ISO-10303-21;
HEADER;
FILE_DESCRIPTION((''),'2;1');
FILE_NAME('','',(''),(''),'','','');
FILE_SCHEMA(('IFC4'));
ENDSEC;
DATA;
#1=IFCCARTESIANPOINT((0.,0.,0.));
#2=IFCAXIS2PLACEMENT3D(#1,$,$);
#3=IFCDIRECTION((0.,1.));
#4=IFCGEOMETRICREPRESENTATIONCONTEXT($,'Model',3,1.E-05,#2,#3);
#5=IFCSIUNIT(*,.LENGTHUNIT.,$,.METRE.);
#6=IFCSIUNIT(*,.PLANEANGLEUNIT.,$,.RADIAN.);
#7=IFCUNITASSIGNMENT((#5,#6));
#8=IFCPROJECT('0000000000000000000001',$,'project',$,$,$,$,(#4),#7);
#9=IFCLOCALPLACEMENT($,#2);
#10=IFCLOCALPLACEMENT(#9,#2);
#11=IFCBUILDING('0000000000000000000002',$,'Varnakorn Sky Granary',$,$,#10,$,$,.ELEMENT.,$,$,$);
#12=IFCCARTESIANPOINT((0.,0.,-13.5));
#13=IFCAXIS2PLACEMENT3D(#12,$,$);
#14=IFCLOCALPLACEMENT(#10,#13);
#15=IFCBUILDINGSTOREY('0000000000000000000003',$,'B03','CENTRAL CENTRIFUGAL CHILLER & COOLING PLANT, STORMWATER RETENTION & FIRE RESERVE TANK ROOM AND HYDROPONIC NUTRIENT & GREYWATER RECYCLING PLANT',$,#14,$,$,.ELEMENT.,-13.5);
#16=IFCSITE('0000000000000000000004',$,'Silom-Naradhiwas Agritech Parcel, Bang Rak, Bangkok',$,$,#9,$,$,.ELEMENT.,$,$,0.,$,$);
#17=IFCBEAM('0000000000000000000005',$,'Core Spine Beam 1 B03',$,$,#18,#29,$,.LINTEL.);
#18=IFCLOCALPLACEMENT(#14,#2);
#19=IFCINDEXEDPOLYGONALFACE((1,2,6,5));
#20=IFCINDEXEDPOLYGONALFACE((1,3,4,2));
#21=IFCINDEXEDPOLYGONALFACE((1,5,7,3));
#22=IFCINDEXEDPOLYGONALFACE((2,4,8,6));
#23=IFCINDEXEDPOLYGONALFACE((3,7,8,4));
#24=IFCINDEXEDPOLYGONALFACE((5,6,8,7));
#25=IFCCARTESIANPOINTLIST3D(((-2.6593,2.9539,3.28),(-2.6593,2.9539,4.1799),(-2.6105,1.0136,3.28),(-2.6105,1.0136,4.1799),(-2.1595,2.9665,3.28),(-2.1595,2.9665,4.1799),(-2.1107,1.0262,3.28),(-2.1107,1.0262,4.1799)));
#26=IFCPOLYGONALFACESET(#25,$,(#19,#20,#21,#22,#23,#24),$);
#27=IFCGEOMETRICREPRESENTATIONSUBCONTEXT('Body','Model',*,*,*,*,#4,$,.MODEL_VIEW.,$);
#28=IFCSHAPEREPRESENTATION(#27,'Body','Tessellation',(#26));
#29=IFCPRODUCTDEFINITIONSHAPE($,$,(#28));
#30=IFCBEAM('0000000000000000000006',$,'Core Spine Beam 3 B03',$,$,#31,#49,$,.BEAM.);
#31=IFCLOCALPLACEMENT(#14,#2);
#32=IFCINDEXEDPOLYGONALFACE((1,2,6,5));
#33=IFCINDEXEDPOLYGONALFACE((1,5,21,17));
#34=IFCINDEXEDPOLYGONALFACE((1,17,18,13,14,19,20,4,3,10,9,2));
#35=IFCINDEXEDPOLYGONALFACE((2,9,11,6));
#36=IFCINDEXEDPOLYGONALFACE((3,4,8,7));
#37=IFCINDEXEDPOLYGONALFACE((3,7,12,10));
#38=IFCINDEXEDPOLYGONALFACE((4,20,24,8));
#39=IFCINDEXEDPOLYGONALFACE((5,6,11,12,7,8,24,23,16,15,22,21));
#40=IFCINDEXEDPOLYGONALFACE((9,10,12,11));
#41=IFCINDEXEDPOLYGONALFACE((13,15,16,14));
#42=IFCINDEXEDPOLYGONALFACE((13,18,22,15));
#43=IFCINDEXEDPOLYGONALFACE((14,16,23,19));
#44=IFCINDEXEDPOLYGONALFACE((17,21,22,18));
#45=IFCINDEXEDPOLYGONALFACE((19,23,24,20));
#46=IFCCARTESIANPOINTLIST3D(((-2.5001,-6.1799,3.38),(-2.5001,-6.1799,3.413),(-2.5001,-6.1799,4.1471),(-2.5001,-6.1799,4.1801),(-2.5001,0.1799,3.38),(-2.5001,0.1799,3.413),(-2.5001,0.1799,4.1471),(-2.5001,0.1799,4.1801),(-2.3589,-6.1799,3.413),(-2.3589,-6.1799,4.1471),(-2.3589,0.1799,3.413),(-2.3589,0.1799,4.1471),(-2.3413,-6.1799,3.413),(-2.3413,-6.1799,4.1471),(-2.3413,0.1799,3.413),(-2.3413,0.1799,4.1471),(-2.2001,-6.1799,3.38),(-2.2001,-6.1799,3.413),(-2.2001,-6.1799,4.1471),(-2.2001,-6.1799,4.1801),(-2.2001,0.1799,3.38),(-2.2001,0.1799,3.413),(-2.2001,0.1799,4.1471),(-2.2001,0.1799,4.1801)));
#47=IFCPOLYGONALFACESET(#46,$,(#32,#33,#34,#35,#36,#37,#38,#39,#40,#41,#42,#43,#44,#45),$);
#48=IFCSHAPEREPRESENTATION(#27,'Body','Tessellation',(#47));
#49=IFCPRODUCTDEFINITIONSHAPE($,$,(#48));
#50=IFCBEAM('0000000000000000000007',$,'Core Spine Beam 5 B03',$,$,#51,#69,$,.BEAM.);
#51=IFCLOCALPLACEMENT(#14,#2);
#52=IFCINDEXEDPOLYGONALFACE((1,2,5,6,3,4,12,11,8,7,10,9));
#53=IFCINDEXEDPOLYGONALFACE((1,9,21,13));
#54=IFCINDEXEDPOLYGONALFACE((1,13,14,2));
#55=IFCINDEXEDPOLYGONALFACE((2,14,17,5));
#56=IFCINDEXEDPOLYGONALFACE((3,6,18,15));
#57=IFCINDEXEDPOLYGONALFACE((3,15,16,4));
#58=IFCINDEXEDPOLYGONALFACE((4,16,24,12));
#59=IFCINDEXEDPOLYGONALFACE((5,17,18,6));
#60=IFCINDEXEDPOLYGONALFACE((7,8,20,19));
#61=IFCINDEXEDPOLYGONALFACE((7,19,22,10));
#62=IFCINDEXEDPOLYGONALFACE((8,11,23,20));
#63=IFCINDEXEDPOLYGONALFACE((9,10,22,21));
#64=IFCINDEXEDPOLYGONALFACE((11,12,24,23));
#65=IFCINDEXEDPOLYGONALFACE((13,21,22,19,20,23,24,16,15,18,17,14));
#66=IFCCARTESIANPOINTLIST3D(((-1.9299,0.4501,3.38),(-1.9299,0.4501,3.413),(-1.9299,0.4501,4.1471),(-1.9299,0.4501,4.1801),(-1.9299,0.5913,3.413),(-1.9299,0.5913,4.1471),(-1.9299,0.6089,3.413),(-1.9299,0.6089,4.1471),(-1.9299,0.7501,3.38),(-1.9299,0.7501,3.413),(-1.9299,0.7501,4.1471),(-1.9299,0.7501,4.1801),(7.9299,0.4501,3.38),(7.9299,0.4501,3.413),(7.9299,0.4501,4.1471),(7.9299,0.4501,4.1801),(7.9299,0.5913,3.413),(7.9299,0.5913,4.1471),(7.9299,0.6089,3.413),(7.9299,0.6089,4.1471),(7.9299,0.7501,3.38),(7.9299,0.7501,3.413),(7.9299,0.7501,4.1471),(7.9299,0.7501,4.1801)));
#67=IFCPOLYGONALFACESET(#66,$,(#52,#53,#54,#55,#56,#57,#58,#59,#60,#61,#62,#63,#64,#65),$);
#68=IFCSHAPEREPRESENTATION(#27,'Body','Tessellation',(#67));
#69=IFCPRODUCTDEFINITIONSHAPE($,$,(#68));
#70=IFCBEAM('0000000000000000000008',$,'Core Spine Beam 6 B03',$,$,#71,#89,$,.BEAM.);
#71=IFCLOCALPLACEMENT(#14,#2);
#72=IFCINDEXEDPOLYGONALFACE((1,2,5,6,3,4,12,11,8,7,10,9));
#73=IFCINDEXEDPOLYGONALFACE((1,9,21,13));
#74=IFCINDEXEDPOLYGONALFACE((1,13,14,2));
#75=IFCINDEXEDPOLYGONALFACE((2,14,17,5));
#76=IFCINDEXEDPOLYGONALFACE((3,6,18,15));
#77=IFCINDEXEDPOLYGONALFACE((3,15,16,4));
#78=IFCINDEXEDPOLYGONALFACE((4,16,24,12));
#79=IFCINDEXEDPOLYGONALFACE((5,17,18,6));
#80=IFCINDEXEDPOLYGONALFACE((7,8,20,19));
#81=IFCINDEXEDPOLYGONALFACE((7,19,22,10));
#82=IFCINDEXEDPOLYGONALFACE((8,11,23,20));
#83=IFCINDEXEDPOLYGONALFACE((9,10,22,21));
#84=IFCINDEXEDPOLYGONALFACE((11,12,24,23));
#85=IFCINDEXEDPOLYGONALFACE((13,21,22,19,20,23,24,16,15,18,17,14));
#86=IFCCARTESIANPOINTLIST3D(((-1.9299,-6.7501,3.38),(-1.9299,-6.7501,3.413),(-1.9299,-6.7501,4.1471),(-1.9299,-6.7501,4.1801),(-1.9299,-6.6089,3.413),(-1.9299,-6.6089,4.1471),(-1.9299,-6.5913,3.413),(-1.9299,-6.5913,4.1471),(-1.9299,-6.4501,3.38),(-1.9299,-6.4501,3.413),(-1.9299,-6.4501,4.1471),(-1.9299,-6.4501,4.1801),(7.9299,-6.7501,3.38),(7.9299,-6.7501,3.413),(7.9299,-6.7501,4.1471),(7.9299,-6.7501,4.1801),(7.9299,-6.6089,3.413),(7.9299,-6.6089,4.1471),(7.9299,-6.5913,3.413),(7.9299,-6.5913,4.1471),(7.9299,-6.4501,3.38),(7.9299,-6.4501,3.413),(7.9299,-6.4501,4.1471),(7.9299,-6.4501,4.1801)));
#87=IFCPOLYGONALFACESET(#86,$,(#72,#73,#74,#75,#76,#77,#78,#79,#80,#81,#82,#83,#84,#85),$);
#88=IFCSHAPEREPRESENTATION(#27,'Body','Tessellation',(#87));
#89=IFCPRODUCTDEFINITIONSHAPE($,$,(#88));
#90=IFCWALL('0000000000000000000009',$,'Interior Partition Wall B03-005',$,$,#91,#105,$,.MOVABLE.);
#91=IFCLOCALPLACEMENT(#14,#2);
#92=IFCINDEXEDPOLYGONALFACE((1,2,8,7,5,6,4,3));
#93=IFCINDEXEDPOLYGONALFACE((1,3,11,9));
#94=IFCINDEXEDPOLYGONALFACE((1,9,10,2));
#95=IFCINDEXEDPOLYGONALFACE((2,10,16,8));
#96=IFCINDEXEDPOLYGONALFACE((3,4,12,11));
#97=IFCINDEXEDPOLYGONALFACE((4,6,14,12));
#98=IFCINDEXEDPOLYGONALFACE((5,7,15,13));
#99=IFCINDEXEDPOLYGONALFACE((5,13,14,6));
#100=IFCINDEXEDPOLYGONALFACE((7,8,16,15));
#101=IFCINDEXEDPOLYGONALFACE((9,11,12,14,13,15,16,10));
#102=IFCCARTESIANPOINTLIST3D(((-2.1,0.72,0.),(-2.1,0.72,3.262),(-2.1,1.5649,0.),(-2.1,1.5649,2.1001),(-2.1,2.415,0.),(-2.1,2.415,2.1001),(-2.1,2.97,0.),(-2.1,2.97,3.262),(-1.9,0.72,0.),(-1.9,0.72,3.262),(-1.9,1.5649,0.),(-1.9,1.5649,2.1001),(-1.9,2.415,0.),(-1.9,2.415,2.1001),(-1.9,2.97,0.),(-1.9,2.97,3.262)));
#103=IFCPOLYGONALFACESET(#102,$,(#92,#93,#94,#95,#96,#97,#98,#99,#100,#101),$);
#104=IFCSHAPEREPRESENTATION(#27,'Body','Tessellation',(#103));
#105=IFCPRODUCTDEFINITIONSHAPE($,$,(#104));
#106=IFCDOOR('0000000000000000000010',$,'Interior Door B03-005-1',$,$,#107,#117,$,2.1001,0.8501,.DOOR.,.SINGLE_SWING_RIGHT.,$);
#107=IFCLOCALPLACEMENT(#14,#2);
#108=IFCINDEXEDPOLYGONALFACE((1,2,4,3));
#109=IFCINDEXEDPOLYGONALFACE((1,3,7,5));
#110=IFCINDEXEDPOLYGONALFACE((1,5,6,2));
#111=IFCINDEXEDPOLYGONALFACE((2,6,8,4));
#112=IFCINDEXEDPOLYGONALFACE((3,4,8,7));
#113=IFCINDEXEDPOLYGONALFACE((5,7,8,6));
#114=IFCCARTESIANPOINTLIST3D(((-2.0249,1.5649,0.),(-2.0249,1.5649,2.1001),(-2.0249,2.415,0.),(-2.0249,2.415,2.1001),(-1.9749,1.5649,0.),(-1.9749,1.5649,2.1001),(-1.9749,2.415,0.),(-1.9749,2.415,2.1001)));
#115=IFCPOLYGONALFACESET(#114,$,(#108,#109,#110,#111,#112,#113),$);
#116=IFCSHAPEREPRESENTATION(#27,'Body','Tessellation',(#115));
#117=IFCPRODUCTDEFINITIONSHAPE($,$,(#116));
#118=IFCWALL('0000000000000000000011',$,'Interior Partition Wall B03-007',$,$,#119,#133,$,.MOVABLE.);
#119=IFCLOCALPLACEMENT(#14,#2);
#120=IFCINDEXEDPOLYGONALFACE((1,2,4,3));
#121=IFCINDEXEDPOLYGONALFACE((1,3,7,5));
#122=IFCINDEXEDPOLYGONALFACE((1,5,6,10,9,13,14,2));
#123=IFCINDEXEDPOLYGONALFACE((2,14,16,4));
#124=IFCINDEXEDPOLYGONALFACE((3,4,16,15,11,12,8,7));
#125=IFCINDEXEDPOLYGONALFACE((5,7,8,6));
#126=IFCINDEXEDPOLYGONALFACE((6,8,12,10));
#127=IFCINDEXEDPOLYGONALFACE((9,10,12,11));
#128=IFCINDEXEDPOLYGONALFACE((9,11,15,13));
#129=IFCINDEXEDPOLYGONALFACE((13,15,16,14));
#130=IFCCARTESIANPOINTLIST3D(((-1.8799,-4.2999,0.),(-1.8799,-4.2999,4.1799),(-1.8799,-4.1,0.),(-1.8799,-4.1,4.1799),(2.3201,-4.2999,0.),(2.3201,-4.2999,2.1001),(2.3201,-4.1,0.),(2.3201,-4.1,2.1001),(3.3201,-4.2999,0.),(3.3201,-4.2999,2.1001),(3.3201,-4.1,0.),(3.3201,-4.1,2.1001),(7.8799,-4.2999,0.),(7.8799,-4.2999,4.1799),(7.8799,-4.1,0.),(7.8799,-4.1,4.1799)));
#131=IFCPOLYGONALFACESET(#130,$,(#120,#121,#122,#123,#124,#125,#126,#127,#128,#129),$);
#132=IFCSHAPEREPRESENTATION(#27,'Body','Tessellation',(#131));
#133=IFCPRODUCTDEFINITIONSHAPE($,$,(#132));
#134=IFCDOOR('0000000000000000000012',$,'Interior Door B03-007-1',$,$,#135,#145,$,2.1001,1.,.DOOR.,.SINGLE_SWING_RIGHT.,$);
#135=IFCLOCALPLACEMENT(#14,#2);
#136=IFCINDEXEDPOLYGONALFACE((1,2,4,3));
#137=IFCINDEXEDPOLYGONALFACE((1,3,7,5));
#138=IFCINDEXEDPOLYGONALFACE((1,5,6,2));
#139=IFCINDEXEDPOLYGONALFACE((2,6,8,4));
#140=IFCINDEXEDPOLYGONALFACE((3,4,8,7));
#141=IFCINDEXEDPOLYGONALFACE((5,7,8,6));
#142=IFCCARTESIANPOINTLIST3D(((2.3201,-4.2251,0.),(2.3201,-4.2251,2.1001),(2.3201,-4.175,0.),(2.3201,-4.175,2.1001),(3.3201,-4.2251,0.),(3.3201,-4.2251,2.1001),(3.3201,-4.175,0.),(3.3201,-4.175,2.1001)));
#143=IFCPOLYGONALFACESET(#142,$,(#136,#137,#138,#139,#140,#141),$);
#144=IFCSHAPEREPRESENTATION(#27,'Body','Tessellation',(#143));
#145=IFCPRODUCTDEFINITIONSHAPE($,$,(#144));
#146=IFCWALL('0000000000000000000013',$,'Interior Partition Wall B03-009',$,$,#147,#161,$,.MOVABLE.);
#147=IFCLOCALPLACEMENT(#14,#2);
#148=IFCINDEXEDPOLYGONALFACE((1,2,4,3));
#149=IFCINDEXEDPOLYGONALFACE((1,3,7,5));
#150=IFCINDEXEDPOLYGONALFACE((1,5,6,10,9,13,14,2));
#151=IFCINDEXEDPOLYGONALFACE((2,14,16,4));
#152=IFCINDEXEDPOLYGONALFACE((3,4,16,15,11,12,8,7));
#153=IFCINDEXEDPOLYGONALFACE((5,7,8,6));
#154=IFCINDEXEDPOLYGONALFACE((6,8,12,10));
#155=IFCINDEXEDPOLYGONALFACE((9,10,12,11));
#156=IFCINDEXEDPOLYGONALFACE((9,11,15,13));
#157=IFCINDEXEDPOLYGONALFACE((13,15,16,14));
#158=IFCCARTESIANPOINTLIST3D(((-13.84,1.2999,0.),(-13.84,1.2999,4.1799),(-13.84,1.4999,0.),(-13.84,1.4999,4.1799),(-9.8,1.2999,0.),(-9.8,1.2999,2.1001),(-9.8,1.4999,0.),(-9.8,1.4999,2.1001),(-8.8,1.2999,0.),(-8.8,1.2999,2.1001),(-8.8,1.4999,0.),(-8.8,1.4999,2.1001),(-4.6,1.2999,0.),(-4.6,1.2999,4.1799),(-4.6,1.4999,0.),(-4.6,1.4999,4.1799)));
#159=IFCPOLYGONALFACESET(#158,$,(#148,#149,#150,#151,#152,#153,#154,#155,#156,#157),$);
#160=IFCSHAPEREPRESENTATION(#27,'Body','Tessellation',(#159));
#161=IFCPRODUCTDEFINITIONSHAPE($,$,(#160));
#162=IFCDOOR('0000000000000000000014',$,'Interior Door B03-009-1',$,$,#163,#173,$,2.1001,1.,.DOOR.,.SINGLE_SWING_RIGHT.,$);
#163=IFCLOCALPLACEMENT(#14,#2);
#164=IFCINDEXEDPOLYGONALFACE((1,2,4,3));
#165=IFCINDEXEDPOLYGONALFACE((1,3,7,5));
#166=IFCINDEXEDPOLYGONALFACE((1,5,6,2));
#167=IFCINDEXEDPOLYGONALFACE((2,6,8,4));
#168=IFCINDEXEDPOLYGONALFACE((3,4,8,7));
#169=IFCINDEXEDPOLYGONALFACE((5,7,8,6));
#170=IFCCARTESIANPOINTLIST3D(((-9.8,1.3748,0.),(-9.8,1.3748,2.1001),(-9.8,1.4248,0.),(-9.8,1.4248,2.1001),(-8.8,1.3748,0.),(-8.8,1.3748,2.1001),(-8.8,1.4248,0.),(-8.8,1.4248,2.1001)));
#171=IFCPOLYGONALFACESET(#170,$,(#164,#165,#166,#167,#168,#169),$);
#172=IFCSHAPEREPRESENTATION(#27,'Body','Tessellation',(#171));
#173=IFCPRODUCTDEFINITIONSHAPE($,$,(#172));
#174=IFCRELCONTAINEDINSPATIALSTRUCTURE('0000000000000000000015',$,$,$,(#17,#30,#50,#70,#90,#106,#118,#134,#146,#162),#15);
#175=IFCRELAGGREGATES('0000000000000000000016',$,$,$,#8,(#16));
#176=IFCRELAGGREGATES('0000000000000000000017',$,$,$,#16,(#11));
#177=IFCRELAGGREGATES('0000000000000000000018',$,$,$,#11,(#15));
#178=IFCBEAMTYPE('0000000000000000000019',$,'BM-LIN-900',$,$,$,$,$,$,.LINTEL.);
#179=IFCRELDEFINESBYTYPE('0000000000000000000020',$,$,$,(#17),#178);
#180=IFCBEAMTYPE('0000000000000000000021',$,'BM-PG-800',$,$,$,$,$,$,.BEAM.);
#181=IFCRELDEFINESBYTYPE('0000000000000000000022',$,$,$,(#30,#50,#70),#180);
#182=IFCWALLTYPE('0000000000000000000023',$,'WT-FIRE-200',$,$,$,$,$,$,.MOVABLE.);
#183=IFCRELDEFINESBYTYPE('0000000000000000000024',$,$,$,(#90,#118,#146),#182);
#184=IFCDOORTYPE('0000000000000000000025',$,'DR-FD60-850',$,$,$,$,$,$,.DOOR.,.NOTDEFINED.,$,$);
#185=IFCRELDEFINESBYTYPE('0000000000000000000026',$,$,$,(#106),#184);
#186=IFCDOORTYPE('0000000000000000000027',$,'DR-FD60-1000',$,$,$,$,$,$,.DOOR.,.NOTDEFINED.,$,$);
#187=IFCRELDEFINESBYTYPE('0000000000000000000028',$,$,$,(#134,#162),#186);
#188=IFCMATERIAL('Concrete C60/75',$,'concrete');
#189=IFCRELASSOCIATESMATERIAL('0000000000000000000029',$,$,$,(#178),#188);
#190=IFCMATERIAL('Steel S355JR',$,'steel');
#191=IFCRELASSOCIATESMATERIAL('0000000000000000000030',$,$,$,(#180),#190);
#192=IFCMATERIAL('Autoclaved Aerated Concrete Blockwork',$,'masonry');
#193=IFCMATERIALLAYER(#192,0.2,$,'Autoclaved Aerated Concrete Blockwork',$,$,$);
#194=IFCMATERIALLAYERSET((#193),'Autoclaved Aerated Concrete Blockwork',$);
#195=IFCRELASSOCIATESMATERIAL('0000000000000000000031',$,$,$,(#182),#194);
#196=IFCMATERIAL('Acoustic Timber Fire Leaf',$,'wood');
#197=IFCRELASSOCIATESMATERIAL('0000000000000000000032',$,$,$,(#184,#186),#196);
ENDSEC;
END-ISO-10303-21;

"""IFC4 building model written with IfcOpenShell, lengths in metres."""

from ifc_helpers import new_model, si_unit, direction, frame, frame_2d, origin, origin_2d, place, context, subcontext, project, spatial, rectangle, i_section, extrude, material, layer, layer_set, material_profile, profile_set, type_object, element, fill, save


model = new_model("IFC4")

# Units and contexts
model_context = context("Model", 3, precision=1e-05, world=origin(), true_north=direction((0.0, 1.0)))
body_context = subcontext(model_context, "Body", "Model", "MODEL_VIEW")
ifc_project = project(units=[si_unit("LENGTHUNIT", "METRE"), si_unit("PLANEANGLEUNIT", "RADIAN")], contexts=[model_context])

# Site, building, storey
site_placement = place(None, origin())
site = spatial("IfcSite", under=ifc_project, at=site_placement, Name="Silom-Naradhiwas Agritech Parcel, Bang Rak, Bangkok", CompositionType="ELEMENT", RefElevation=0.0)
building_placement = place(site_placement, origin())
building = spatial("IfcBuilding", under=site, at=building_placement, Name="Varnakorn Sky Granary", CompositionType="ELEMENT")
storey_placement = place(building_placement, frame((0.0, 0.0, -13.5)))
storey = spatial("IfcBuildingStorey", under=building, at=storey_placement, Name="B03", Description="CENTRAL CENTRIFUGAL CHILLER & COOLING PLANT, STORMWATER RETENTION & FIRE RESERVE TANK ROOM AND HYDROPONIC NUTRIENT & GREYWATER RECYCLING PLANT", CompositionType="ELEMENT", Elevation=-13.5)

# Shared definitions
ifc_material_1 = material(Name="Concrete C60/75", Category="concrete")

# Beams
ifc_material_profile_1 = material_profile(ifc_material_1, rectangle(XDim=0.5, YDim=0.8999, at=origin_2d()), Name="RC 500x900")
ifc_profile_set_1 = profile_set([ifc_material_profile_1], Name="Concrete C60/75")
beam_type_1 = type_object("IfcBeamType", Name="BM-LIN-900", PredefinedType="LINTEL", material=ifc_profile_set_1)
beam_1_placement = place(storey_placement, frame((-2.4094, 2.9602, 3.73), z_axis=(0.025159, -0.999683, 0.0), x_axis=(0.999683, 0.025159, 0.0)))
element("IfcBeam", 1, at=beam_1_placement, inside=storey, type_object=beam_type_1, Name="Core Spine Beam 1 B03", PredefinedType="LINTEL", context=body_context, shape_type="SweptSolid", body=[
    extrude(rectangle(XDim=0.5, YDim=0.8999, at=origin_2d()), origin(), (0.0, 0.0, 1.0), 1.9409),
])
ifc_material_2 = material(Name="Steel S355JR", Category="steel")
ifc_material_profile_2 = material_profile(ifc_material_2, i_section(OverallWidth=0.3, OverallDepth=0.8, WebThickness=0.0176, FlangeThickness=0.033, at=origin_2d()), Name="HE 800 B")
ifc_profile_set_2 = profile_set([ifc_material_profile_2], Name="Steel S355JR")
beam_type_2 = type_object("IfcBeamType", Name="BM-PG-800", PredefinedType="BEAM", material=ifc_profile_set_2)
beam_2_placement = place(storey_placement, frame((-2.3501, 0.1799, 3.78), z_axis=(0.0, -1.0, 0.0), x_axis=(1.0, 0.0, 0.0)))
element("IfcBeam", 2, at=beam_2_placement, inside=storey, type_object=beam_type_2, Name="Core Spine Beam 3 B03", PredefinedType="BEAM", context=body_context, shape_type="SweptSolid", body=[
    extrude(i_section(OverallWidth=0.3, OverallDepth=0.8, WebThickness=0.0176, FlangeThickness=0.033, at=origin_2d()), origin(), (0.0, 0.0, 1.0), 6.3599),
])
for number, where, z_axis, x_axis, name in (
    (3, (-1.9299, 0.6001, 3.78), (1.0, 0.0, 0.0), (0.0, 1.0, 0.0), "Core Spine Beam 5 B03"),
    (4, (-1.9299, -6.6001, 3.78), (1.0, 0.0, 0.0), (0.0, 1.0, 0.0), "Core Spine Beam 6 B03"),
):
    element("IfcBeam", number, at=place(storey_placement, frame(where, z_axis=z_axis, x_axis=x_axis)), inside=storey, type_object=beam_type_2, Name=name, PredefinedType="BEAM", context=body_context, shape_type="SweptSolid", body=[
        extrude(i_section(OverallWidth=0.3, OverallDepth=0.8, WebThickness=0.0176, FlangeThickness=0.033, at=origin_2d()), origin(), (0.0, 0.0, 1.0), 9.8599),
    ])

# Walls, openings, doors
ifc_material_3 = material(Name="Autoclaved Aerated Concrete Blockwork", Category="masonry")
ifc_layer_1 = layer(ifc_material_3, 0.2, Name="Autoclaved Aerated Concrete Blockwork")
ifc_layer_set_1 = layer_set([ifc_layer_1], Name="Autoclaved Aerated Concrete Blockwork")
wall_type_1 = type_object("IfcWallType", Name="WT-FIRE-200", PredefinedType="MOVABLE", material=ifc_layer_set_1)
wall_1_placement = place(storey_placement, frame((-2.0, 0.72, 0.0), z_axis=(0.0, 0.0, 1.0), x_axis=(0.0, 1.0, 0.0)))
wall_1 = element("IfcWall", 5, at=wall_1_placement, inside=storey, type_object=wall_type_1, Name="Interior Partition Wall B03-005", PredefinedType="MOVABLE", context=body_context, shape_type="SweptSolid", body=[
    extrude(rectangle(XDim=2.25, YDim=0.2, at=frame_2d((1.125, 0.0))), origin(), (0.0, 0.0, 1.0), 3.262),
])
opening_1_placement = place(wall_1_placement, frame((0.845, 0.0, 0.0)))
opening_1 = element("IfcOpeningElement", 6, at=opening_1_placement, cuts=wall_1, PredefinedType="OPENING", context=body_context, shape_type="SweptSolid", body=[
    extrude(rectangle(XDim=0.8501, YDim=2.1001, at=frame_2d((0.425, 1.05))), frame((0.0, 0.1099, 0.0), z_axis=(0.0, -1.0, 0.0), x_axis=(1.0, 0.0, 0.0)), (0.0, 0.0, 1.0), 0.22),
])
ifc_material_4 = material(Name="Acoustic Timber Fire Leaf", Category="wood")
door_type_1 = type_object("IfcDoorType", Name="DR-FD60-850", OperationType="NOTDEFINED", PredefinedType="DOOR", material=ifc_material_4)
door_1_placement = place(opening_1_placement, origin())
door_1 = element("IfcDoor", 7, at=door_1_placement, inside=storey, type_object=door_type_1, Name="Interior Door B03-005-1", OperationType="SINGLE_SWING_RIGHT", OverallHeight=2.1001, OverallWidth=0.8501, PredefinedType="DOOR", context=body_context, shape_type="SweptSolid", body=[
    extrude(rectangle(XDim=0.8501, YDim=2.1001, at=frame_2d((0.425, 1.05))), frame((0.0, 0.0249, 0.0), z_axis=(0.0, -1.0, 0.0), x_axis=(1.0, 0.0, 0.0)), (0.0, 0.0, 1.0), 0.05),
])
fill(opening_1, door_1)
wall_2_placement = place(storey_placement, frame((-1.8799, -4.2, 0.0), z_axis=(0.0, 0.0, 1.0), x_axis=(1.0, 0.0, 0.0)))
wall_2 = element("IfcWall", 8, at=wall_2_placement, inside=storey, type_object=wall_type_1, Name="Interior Partition Wall B03-007", PredefinedType="MOVABLE", context=body_context, shape_type="SweptSolid", body=[
    extrude(rectangle(XDim=9.7598, YDim=0.2, at=frame_2d((4.8799, 0.0))), origin(), (0.0, 0.0, 1.0), 4.1799),
])
opening_2_placement = place(wall_2_placement, frame((4.2, 0.0, 0.0)))
opening_2 = element("IfcOpeningElement", 9, at=opening_2_placement, cuts=wall_2, PredefinedType="OPENING", context=body_context, shape_type="SweptSolid", body=[
    extrude(rectangle(XDim=1.0, YDim=2.1001, at=frame_2d((0.5, 1.05))), frame((0.0, 0.1099, 0.0), z_axis=(0.0, -1.0, 0.0), x_axis=(1.0, 0.0, 0.0)), (0.0, 0.0, 1.0), 0.22),
])
door_type_2 = type_object("IfcDoorType", Name="DR-FD60-1000", OperationType="NOTDEFINED", PredefinedType="DOOR", material=ifc_material_4)
door_2_placement = place(opening_2_placement, origin())
door_2 = element("IfcDoor", 10, at=door_2_placement, inside=storey, type_object=door_type_2, Name="Interior Door B03-007-1", OperationType="SINGLE_SWING_RIGHT", OverallHeight=2.1001, OverallWidth=1.0, PredefinedType="DOOR", context=body_context, shape_type="SweptSolid", body=[
    extrude(rectangle(XDim=1.0, YDim=2.1001, at=frame_2d((0.5, 1.05))), frame((0.0, 0.0249, 0.0), z_axis=(0.0, -1.0, 0.0), x_axis=(1.0, 0.0, 0.0)), (0.0, 0.0, 1.0), 0.05),
])
fill(opening_2, door_2)
wall_3_placement = place(storey_placement, frame((-13.8401, 1.3999, 0.0), z_axis=(0.0, 0.0, 1.0), x_axis=(1.0, 0.0, 0.0)))
wall_3 = element("IfcWall", 11, at=wall_3_placement, inside=storey, type_object=wall_type_1, Name="Interior Partition Wall B03-009", PredefinedType="MOVABLE", context=body_context, shape_type="SweptSolid", body=[
    extrude(rectangle(XDim=9.24, YDim=0.2, at=frame_2d((4.6201, 0.0))), origin(), (0.0, 0.0, 1.0), 4.1799),
])
opening_3_placement = place(wall_3_placement, frame((4.04, 0.0, 0.0)))
opening_3 = element("IfcOpeningElement", 12, at=opening_3_placement, cuts=wall_3, PredefinedType="OPENING", context=body_context, shape_type="SweptSolid", body=[
    extrude(rectangle(XDim=1.0, YDim=2.1001, at=frame_2d((0.5, 1.05))), frame((0.0, 0.1099, 0.0), z_axis=(0.0, -1.0, 0.0), x_axis=(1.0, 0.0, 0.0)), (0.0, 0.0, 1.0), 0.22),
])
door_3_placement = place(opening_3_placement, origin())
door_3 = element("IfcDoor", 13, at=door_3_placement, inside=storey, type_object=door_type_2, Name="Interior Door B03-009-1", OperationType="SINGLE_SWING_RIGHT", OverallHeight=2.1001, OverallWidth=1.0, PredefinedType="DOOR", context=body_context, shape_type="SweptSolid", body=[
    extrude(rectangle(XDim=1.0, YDim=2.1001, at=frame_2d((0.5, 1.05))), frame((0.0, 0.0249, 0.0), z_axis=(0.0, -1.0, 0.0), x_axis=(1.0, 0.0, 0.0)), (0.0, 0.0, 1.0), 0.05),
])
fill(opening_3, door_3)

save(model, "model.ifc")
